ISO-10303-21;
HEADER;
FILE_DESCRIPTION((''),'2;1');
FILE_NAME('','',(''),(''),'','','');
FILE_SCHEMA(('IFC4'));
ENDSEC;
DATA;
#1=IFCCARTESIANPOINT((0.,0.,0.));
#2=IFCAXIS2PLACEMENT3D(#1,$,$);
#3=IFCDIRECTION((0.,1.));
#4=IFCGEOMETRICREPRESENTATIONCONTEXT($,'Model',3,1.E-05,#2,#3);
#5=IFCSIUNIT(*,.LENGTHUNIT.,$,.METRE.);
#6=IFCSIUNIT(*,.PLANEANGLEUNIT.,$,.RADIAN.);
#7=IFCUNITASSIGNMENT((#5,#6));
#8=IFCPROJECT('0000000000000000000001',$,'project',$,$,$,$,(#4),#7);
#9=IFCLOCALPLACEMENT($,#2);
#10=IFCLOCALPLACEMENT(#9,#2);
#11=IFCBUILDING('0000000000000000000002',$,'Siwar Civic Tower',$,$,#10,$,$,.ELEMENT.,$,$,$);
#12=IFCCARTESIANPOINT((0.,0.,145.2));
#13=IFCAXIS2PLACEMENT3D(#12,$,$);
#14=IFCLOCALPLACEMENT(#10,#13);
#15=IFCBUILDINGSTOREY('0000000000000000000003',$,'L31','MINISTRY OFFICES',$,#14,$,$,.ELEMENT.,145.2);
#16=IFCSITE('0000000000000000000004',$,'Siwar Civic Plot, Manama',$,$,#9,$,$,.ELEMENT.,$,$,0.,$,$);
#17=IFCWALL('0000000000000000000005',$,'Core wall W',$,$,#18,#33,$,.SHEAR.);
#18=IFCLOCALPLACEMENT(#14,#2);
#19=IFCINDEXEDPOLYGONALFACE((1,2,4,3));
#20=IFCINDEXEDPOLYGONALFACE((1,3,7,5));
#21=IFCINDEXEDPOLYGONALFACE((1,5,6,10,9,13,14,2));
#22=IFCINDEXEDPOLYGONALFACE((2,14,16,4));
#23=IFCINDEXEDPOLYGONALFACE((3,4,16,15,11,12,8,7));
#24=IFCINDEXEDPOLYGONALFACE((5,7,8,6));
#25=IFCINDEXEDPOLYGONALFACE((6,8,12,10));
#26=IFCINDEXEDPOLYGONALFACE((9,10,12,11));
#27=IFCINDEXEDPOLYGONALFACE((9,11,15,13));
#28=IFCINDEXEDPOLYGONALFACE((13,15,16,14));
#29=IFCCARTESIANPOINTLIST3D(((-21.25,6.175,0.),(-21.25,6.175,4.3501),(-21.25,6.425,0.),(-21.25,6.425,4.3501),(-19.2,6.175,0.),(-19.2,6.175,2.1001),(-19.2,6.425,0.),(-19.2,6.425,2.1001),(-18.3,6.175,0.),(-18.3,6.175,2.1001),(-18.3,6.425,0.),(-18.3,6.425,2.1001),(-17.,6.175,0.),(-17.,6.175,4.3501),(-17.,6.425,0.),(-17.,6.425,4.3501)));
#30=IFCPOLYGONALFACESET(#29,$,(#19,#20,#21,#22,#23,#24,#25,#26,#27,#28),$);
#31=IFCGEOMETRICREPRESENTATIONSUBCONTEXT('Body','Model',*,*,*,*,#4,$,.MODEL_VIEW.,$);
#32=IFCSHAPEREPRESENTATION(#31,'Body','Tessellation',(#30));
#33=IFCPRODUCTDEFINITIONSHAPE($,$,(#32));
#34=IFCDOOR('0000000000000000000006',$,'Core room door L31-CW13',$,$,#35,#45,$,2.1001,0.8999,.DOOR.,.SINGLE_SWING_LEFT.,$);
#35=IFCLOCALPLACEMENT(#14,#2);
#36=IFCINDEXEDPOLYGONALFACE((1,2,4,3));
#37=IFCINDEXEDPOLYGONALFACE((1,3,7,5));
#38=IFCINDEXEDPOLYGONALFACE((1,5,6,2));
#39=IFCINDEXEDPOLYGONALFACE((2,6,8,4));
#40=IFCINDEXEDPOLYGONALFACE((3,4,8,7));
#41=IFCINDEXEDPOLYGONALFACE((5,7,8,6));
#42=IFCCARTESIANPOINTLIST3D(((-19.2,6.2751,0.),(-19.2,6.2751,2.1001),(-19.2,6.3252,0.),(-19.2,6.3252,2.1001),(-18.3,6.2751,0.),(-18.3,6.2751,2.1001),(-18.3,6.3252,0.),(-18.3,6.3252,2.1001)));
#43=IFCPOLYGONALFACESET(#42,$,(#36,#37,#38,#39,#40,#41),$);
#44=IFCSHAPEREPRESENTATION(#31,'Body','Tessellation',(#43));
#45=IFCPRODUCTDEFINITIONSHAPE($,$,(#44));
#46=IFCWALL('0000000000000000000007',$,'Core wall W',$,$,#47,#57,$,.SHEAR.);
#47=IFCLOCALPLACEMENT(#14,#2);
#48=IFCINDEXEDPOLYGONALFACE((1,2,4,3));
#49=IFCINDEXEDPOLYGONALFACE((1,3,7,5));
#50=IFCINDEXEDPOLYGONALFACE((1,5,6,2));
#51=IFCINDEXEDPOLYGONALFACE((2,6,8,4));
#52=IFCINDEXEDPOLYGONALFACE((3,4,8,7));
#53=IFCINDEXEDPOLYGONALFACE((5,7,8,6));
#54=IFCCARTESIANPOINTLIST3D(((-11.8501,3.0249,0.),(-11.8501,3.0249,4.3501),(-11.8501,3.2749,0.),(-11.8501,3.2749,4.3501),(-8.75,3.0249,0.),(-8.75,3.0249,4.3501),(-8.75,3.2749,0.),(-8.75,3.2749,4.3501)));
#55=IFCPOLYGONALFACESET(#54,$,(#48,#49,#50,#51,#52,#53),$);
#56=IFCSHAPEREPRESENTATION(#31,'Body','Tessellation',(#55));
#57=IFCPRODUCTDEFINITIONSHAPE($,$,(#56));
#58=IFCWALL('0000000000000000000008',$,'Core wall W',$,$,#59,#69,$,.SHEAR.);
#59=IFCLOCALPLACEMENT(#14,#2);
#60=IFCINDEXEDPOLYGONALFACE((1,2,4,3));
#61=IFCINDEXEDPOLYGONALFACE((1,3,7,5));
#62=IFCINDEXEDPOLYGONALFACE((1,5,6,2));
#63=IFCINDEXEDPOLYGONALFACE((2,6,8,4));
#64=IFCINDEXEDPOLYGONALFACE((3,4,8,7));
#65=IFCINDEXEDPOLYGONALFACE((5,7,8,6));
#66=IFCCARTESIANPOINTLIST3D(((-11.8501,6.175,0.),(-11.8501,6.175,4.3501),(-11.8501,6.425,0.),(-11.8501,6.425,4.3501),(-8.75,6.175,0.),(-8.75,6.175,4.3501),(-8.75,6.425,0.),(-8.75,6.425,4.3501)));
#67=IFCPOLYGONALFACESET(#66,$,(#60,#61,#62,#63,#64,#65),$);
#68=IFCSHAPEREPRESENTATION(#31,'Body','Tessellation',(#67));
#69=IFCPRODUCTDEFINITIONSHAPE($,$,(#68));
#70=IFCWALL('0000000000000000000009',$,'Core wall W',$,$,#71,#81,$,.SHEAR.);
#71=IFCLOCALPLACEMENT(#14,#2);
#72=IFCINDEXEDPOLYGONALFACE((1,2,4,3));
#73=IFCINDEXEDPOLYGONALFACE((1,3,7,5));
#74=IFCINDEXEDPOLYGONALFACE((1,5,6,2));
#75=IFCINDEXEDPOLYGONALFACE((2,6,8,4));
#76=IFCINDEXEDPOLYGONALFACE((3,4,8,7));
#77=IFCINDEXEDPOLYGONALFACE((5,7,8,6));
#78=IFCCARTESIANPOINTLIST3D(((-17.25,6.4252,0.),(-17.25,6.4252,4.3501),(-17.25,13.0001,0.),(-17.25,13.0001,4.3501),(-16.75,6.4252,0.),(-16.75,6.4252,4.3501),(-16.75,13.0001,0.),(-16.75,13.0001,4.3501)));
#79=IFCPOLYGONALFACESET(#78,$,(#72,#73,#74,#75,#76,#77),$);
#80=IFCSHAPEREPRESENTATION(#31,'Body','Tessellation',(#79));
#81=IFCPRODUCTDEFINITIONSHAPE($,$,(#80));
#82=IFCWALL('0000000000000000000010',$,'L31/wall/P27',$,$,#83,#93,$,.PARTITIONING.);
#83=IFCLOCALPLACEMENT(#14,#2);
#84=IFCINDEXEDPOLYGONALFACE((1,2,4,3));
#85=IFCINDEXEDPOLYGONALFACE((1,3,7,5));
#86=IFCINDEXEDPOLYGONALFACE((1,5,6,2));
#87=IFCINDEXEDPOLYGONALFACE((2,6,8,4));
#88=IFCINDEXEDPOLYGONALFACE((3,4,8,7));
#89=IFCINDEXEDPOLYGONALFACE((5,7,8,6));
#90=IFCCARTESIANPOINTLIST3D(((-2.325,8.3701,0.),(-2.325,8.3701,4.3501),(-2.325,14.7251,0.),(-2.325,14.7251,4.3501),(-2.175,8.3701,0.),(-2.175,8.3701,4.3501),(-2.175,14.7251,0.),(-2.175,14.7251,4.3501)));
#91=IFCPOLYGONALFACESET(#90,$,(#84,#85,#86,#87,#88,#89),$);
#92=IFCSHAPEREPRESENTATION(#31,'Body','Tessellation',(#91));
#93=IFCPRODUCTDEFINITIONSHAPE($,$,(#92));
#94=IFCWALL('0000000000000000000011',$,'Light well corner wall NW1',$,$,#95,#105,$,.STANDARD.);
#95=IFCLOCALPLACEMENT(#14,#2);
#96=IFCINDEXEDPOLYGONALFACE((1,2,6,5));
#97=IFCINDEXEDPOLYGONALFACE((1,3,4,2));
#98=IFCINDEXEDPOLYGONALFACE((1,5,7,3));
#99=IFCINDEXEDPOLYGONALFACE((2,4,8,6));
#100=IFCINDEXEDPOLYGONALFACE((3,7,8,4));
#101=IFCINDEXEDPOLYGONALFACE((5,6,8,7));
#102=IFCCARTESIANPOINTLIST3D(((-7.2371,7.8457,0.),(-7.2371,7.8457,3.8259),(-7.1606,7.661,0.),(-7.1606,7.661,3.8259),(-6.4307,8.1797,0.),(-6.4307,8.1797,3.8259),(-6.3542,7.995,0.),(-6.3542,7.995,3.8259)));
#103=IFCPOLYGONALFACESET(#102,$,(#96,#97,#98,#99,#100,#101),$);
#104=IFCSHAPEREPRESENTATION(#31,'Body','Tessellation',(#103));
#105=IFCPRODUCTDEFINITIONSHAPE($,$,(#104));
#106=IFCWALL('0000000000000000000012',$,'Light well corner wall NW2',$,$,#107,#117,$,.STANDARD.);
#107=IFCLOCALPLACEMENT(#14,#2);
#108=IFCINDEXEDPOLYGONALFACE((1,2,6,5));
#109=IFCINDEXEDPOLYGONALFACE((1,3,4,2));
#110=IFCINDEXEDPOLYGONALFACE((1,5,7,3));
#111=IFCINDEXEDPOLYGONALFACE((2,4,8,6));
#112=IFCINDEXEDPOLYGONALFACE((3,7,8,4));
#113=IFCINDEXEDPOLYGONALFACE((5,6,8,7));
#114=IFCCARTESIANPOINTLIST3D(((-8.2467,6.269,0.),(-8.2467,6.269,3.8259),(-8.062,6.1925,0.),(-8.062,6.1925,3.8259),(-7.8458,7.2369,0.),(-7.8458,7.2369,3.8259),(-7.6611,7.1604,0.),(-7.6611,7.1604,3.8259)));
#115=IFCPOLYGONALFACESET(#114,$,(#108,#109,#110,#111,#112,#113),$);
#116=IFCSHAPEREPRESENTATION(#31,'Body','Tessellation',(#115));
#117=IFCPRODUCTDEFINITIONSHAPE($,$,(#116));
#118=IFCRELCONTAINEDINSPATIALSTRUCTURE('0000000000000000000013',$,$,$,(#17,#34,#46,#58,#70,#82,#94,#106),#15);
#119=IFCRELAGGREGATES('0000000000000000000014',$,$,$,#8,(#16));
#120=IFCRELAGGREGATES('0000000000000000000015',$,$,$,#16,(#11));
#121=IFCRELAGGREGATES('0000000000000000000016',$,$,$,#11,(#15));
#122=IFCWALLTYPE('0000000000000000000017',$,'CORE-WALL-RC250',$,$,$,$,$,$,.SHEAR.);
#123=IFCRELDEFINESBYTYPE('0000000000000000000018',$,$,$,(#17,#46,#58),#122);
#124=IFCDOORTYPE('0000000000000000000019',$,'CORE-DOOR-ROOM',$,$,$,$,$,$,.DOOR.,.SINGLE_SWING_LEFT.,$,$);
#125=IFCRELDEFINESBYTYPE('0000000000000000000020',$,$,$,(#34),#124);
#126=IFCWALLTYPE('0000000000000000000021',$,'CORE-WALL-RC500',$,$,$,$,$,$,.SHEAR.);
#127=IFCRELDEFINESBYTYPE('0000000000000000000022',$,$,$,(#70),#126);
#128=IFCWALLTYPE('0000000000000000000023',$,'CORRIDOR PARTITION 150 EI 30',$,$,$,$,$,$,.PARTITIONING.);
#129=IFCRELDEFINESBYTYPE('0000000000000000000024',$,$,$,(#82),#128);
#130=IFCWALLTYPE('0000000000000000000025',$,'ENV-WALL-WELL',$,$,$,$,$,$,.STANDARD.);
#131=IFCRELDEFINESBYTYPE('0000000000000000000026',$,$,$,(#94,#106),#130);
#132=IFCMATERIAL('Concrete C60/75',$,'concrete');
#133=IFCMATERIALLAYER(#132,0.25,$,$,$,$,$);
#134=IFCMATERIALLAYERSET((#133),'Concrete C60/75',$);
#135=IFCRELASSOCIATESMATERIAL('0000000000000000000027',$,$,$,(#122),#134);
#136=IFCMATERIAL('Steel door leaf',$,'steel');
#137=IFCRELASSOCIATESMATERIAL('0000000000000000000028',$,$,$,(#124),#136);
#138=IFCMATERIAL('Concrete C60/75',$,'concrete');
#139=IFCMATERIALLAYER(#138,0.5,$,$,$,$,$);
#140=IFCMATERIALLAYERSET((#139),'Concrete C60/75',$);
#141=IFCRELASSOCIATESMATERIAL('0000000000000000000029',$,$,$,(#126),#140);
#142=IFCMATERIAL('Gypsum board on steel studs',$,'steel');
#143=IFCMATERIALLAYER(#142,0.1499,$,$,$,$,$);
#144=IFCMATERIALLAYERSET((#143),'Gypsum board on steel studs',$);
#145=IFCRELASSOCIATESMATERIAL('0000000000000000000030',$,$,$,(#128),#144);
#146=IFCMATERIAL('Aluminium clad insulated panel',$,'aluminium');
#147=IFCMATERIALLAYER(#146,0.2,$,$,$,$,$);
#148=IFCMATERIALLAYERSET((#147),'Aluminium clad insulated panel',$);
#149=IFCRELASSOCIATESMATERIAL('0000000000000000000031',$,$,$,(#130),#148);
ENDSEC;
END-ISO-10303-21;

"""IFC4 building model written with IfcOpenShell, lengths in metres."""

from ifc_helpers import new_model, si_unit, direction, frame, frame_2d, origin, place, context, subcontext, project, spatial, rectangle, extrude, material, layer, layer_set, type_object, element, fill, save


model = new_model("IFC4")

# Units and contexts
model_context = context("Model", 3, precision=1e-05, world=origin(), true_north=direction((0.0, 1.0)))
body_context = subcontext(model_context, "Body", "Model", "MODEL_VIEW")
ifc_project = project(units=[si_unit("LENGTHUNIT", "METRE"), si_unit("PLANEANGLEUNIT", "RADIAN")], contexts=[model_context])

# Site, building, storey
site_placement = place(None, origin())
site = spatial("IfcSite", under=ifc_project, at=site_placement, Name="Siwar Civic Plot, Manama", CompositionType="ELEMENT", RefElevation=0.0)
building_placement = place(site_placement, origin())
building = spatial("IfcBuilding", under=site, at=building_placement, Name="Siwar Civic Tower", CompositionType="ELEMENT")
storey_placement = place(building_placement, frame((0.0, 0.0, 145.2)))
storey = spatial("IfcBuildingStorey", under=building, at=storey_placement, Name="L31", Description="MINISTRY OFFICES", CompositionType="ELEMENT", Elevation=145.2)

# Shared definitions
ifc_material_1 = material(Name="Concrete C60/75", Category="concrete")
ifc_layer_1 = layer(ifc_material_1, 0.25)
ifc_layer_set_1 = layer_set([ifc_layer_1], Name="Concrete C60/75")
wall_type_1 = type_object("IfcWallType", Name="CORE-WALL-RC250", PredefinedType="SHEAR", material=ifc_layer_set_1)

# Wall, opening, door
wall_1_placement = place(storey_placement, frame((-17.0, 6.3, 0.0), z_axis=(0.0, 0.0, 1.0), x_axis=(-1.0, 0.0, 0.0)))
wall_1 = element("IfcWall", 1, at=wall_1_placement, inside=storey, type_object=wall_type_1, Name="Core wall W", PredefinedType="SHEAR", context=body_context, shape_type="SweptSolid", body=[
    extrude(rectangle(XDim=4.25, YDim=0.25, at=frame_2d((2.125, 0.0))), origin(), (0.0, 0.0, 1.0), 4.3501),
])
opening_1_placement = place(wall_1_placement, frame((1.3, 0.0, 0.0)))
opening_1 = element("IfcOpeningElement", 2, at=opening_1_placement, cuts=wall_1, PredefinedType="OPENING", context=body_context, shape_type="SweptSolid", body=[
    extrude(rectangle(XDim=0.8999, YDim=2.1001, at=frame_2d((0.45, 1.05))), frame((0.0, 0.135, 0.0), z_axis=(0.0, -1.0, 0.0), x_axis=(1.0, 0.0, 0.0)), (0.0, 0.0, 1.0), 0.27),
])
ifc_material_2 = material(Name="Steel door leaf", Category="steel")
door_type_1 = type_object("IfcDoorType", Name="CORE-DOOR-ROOM", OperationType="SINGLE_SWING_LEFT", PredefinedType="DOOR", material=ifc_material_2)
door_1_placement = place(opening_1_placement, origin())
door_1 = element("IfcDoor", 3, at=door_1_placement, inside=storey, type_object=door_type_1, Name="Core room door L31-CW13", OperationType="SINGLE_SWING_LEFT", OverallHeight=2.1001, OverallWidth=0.8999, PredefinedType="DOOR", context=body_context, shape_type="SweptSolid", body=[
    extrude(rectangle(XDim=0.8999, YDim=2.1001, at=frame_2d((0.45, 1.05))), frame((0.0, 0.0249, 0.0), z_axis=(0.0, -1.0, 0.0), x_axis=(1.0, 0.0, 0.0)), (0.0, 0.0, 1.0), 0.05),
])
fill(opening_1, door_1)

# Walls
for number, where, z_axis, x_axis, name in (
    (4, (-8.75, 3.1499, 0.0), (0.0, 0.0, 1.0), (-1.0, 0.0, 0.0), "Core wall W"),
    (5, (-8.75, 6.3, 0.0), (0.0, 0.0, 1.0), (-1.0, 0.0, 0.0), "Core wall W"),
):
    element("IfcWall", number, at=place(storey_placement, frame(where, z_axis=z_axis, x_axis=x_axis)), inside=storey, type_object=wall_type_1, Name=name, PredefinedType="SHEAR", context=body_context, shape_type="SweptSolid", body=[
        extrude(rectangle(XDim=3.1001, YDim=0.25, at=frame_2d((1.55, 0.0))), origin(), (0.0, 0.0, 1.0), 4.3501),
    ])
ifc_material_3 = material(Name="Concrete C60/75", Category="concrete")
ifc_layer_2 = layer(ifc_material_3, 0.5)
ifc_layer_set_2 = layer_set([ifc_layer_2], Name="Concrete C60/75")
wall_type_2 = type_object("IfcWallType", Name="CORE-WALL-RC500", PredefinedType="SHEAR", material=ifc_layer_set_2)
wall_2_placement = place(storey_placement, frame((-17.0, 6.425, 0.0), z_axis=(0.0, 0.0, 1.0), x_axis=(0.0, 1.0, 0.0)))
element("IfcWall", 6, at=wall_2_placement, inside=storey, type_object=wall_type_2, Name="Core wall W", PredefinedType="SHEAR", context=body_context, shape_type="SweptSolid", body=[
    extrude(rectangle(XDim=6.575, YDim=0.5, at=frame_2d((3.2876, 0.0))), origin(), (0.0, 0.0, 1.0), 4.3501),
])
ifc_material_4 = material(Name="Gypsum board on steel studs", Category="steel")
ifc_layer_3 = layer(ifc_material_4, 0.1499)
ifc_layer_set_3 = layer_set([ifc_layer_3], Name="Gypsum board on steel studs")
wall_type_3 = type_object("IfcWallType", Name="CORRIDOR PARTITION 150 EI 30", PredefinedType="PARTITIONING", material=ifc_layer_set_3)
wall_3_placement = place(storey_placement, frame((-2.25, 8.3701, 0.0), z_axis=(0.0, 0.0, 1.0), x_axis=(0.0, 1.0, 0.0)))
element("IfcWall", 7, at=wall_3_placement, inside=storey, type_object=wall_type_3, Name="L31/wall/P27", PredefinedType="PARTITIONING", context=body_context, shape_type="SweptSolid", body=[
    extrude(rectangle(XDim=6.355, YDim=0.1499, at=frame_2d((3.1775, 0.0))), origin(), (0.0, 0.0, 1.0), 4.3501),
])
ifc_material_5 = material(Name="Aluminium clad insulated panel", Category="aluminium")
ifc_layer_4 = layer(ifc_material_5, 0.2)
ifc_layer_set_4 = layer_set([ifc_layer_4], Name="Aluminium clad insulated panel")
wall_type_4 = type_object("IfcWallType", Name="ENV-WALL-WELL", PredefinedType="STANDARD", material=ifc_layer_set_4)
wall_4_placement = place(storey_placement, frame((-6.3923, 8.0874, 0.0), z_axis=(0.0, 0.0, 1.0), x_axis=(-0.923894, -0.382648, 0.0)))
element("IfcWall", 8, at=wall_4_placement, inside=storey, type_object=wall_type_4, Name="Light well corner wall NW1", PredefinedType="STANDARD", context=body_context, shape_type="SweptSolid", body=[
    extrude(rectangle(XDim=0.8728, YDim=0.2, at=frame_2d((0.4365, 0.0))), origin(), (0.0, 0.0, 1.0), 3.8259),
])
wall_5_placement = place(storey_placement, frame((-7.7534, 7.1987, 0.0), z_axis=(0.0, 0.0, 1.0), x_axis=(-0.382695, -0.923875, 0.0)))
element("IfcWall", 9, at=wall_5_placement, inside=storey, type_object=wall_type_4, Name="Light well corner wall NW2", PredefinedType="STANDARD", context=body_context, shape_type="SweptSolid", body=[
    extrude(rectangle(XDim=1.0476, YDim=0.2, at=frame_2d((0.5239, 0.0))), origin(), (0.0, 0.0, 1.0), 3.8259),
])

save(model, "model.ifc")
